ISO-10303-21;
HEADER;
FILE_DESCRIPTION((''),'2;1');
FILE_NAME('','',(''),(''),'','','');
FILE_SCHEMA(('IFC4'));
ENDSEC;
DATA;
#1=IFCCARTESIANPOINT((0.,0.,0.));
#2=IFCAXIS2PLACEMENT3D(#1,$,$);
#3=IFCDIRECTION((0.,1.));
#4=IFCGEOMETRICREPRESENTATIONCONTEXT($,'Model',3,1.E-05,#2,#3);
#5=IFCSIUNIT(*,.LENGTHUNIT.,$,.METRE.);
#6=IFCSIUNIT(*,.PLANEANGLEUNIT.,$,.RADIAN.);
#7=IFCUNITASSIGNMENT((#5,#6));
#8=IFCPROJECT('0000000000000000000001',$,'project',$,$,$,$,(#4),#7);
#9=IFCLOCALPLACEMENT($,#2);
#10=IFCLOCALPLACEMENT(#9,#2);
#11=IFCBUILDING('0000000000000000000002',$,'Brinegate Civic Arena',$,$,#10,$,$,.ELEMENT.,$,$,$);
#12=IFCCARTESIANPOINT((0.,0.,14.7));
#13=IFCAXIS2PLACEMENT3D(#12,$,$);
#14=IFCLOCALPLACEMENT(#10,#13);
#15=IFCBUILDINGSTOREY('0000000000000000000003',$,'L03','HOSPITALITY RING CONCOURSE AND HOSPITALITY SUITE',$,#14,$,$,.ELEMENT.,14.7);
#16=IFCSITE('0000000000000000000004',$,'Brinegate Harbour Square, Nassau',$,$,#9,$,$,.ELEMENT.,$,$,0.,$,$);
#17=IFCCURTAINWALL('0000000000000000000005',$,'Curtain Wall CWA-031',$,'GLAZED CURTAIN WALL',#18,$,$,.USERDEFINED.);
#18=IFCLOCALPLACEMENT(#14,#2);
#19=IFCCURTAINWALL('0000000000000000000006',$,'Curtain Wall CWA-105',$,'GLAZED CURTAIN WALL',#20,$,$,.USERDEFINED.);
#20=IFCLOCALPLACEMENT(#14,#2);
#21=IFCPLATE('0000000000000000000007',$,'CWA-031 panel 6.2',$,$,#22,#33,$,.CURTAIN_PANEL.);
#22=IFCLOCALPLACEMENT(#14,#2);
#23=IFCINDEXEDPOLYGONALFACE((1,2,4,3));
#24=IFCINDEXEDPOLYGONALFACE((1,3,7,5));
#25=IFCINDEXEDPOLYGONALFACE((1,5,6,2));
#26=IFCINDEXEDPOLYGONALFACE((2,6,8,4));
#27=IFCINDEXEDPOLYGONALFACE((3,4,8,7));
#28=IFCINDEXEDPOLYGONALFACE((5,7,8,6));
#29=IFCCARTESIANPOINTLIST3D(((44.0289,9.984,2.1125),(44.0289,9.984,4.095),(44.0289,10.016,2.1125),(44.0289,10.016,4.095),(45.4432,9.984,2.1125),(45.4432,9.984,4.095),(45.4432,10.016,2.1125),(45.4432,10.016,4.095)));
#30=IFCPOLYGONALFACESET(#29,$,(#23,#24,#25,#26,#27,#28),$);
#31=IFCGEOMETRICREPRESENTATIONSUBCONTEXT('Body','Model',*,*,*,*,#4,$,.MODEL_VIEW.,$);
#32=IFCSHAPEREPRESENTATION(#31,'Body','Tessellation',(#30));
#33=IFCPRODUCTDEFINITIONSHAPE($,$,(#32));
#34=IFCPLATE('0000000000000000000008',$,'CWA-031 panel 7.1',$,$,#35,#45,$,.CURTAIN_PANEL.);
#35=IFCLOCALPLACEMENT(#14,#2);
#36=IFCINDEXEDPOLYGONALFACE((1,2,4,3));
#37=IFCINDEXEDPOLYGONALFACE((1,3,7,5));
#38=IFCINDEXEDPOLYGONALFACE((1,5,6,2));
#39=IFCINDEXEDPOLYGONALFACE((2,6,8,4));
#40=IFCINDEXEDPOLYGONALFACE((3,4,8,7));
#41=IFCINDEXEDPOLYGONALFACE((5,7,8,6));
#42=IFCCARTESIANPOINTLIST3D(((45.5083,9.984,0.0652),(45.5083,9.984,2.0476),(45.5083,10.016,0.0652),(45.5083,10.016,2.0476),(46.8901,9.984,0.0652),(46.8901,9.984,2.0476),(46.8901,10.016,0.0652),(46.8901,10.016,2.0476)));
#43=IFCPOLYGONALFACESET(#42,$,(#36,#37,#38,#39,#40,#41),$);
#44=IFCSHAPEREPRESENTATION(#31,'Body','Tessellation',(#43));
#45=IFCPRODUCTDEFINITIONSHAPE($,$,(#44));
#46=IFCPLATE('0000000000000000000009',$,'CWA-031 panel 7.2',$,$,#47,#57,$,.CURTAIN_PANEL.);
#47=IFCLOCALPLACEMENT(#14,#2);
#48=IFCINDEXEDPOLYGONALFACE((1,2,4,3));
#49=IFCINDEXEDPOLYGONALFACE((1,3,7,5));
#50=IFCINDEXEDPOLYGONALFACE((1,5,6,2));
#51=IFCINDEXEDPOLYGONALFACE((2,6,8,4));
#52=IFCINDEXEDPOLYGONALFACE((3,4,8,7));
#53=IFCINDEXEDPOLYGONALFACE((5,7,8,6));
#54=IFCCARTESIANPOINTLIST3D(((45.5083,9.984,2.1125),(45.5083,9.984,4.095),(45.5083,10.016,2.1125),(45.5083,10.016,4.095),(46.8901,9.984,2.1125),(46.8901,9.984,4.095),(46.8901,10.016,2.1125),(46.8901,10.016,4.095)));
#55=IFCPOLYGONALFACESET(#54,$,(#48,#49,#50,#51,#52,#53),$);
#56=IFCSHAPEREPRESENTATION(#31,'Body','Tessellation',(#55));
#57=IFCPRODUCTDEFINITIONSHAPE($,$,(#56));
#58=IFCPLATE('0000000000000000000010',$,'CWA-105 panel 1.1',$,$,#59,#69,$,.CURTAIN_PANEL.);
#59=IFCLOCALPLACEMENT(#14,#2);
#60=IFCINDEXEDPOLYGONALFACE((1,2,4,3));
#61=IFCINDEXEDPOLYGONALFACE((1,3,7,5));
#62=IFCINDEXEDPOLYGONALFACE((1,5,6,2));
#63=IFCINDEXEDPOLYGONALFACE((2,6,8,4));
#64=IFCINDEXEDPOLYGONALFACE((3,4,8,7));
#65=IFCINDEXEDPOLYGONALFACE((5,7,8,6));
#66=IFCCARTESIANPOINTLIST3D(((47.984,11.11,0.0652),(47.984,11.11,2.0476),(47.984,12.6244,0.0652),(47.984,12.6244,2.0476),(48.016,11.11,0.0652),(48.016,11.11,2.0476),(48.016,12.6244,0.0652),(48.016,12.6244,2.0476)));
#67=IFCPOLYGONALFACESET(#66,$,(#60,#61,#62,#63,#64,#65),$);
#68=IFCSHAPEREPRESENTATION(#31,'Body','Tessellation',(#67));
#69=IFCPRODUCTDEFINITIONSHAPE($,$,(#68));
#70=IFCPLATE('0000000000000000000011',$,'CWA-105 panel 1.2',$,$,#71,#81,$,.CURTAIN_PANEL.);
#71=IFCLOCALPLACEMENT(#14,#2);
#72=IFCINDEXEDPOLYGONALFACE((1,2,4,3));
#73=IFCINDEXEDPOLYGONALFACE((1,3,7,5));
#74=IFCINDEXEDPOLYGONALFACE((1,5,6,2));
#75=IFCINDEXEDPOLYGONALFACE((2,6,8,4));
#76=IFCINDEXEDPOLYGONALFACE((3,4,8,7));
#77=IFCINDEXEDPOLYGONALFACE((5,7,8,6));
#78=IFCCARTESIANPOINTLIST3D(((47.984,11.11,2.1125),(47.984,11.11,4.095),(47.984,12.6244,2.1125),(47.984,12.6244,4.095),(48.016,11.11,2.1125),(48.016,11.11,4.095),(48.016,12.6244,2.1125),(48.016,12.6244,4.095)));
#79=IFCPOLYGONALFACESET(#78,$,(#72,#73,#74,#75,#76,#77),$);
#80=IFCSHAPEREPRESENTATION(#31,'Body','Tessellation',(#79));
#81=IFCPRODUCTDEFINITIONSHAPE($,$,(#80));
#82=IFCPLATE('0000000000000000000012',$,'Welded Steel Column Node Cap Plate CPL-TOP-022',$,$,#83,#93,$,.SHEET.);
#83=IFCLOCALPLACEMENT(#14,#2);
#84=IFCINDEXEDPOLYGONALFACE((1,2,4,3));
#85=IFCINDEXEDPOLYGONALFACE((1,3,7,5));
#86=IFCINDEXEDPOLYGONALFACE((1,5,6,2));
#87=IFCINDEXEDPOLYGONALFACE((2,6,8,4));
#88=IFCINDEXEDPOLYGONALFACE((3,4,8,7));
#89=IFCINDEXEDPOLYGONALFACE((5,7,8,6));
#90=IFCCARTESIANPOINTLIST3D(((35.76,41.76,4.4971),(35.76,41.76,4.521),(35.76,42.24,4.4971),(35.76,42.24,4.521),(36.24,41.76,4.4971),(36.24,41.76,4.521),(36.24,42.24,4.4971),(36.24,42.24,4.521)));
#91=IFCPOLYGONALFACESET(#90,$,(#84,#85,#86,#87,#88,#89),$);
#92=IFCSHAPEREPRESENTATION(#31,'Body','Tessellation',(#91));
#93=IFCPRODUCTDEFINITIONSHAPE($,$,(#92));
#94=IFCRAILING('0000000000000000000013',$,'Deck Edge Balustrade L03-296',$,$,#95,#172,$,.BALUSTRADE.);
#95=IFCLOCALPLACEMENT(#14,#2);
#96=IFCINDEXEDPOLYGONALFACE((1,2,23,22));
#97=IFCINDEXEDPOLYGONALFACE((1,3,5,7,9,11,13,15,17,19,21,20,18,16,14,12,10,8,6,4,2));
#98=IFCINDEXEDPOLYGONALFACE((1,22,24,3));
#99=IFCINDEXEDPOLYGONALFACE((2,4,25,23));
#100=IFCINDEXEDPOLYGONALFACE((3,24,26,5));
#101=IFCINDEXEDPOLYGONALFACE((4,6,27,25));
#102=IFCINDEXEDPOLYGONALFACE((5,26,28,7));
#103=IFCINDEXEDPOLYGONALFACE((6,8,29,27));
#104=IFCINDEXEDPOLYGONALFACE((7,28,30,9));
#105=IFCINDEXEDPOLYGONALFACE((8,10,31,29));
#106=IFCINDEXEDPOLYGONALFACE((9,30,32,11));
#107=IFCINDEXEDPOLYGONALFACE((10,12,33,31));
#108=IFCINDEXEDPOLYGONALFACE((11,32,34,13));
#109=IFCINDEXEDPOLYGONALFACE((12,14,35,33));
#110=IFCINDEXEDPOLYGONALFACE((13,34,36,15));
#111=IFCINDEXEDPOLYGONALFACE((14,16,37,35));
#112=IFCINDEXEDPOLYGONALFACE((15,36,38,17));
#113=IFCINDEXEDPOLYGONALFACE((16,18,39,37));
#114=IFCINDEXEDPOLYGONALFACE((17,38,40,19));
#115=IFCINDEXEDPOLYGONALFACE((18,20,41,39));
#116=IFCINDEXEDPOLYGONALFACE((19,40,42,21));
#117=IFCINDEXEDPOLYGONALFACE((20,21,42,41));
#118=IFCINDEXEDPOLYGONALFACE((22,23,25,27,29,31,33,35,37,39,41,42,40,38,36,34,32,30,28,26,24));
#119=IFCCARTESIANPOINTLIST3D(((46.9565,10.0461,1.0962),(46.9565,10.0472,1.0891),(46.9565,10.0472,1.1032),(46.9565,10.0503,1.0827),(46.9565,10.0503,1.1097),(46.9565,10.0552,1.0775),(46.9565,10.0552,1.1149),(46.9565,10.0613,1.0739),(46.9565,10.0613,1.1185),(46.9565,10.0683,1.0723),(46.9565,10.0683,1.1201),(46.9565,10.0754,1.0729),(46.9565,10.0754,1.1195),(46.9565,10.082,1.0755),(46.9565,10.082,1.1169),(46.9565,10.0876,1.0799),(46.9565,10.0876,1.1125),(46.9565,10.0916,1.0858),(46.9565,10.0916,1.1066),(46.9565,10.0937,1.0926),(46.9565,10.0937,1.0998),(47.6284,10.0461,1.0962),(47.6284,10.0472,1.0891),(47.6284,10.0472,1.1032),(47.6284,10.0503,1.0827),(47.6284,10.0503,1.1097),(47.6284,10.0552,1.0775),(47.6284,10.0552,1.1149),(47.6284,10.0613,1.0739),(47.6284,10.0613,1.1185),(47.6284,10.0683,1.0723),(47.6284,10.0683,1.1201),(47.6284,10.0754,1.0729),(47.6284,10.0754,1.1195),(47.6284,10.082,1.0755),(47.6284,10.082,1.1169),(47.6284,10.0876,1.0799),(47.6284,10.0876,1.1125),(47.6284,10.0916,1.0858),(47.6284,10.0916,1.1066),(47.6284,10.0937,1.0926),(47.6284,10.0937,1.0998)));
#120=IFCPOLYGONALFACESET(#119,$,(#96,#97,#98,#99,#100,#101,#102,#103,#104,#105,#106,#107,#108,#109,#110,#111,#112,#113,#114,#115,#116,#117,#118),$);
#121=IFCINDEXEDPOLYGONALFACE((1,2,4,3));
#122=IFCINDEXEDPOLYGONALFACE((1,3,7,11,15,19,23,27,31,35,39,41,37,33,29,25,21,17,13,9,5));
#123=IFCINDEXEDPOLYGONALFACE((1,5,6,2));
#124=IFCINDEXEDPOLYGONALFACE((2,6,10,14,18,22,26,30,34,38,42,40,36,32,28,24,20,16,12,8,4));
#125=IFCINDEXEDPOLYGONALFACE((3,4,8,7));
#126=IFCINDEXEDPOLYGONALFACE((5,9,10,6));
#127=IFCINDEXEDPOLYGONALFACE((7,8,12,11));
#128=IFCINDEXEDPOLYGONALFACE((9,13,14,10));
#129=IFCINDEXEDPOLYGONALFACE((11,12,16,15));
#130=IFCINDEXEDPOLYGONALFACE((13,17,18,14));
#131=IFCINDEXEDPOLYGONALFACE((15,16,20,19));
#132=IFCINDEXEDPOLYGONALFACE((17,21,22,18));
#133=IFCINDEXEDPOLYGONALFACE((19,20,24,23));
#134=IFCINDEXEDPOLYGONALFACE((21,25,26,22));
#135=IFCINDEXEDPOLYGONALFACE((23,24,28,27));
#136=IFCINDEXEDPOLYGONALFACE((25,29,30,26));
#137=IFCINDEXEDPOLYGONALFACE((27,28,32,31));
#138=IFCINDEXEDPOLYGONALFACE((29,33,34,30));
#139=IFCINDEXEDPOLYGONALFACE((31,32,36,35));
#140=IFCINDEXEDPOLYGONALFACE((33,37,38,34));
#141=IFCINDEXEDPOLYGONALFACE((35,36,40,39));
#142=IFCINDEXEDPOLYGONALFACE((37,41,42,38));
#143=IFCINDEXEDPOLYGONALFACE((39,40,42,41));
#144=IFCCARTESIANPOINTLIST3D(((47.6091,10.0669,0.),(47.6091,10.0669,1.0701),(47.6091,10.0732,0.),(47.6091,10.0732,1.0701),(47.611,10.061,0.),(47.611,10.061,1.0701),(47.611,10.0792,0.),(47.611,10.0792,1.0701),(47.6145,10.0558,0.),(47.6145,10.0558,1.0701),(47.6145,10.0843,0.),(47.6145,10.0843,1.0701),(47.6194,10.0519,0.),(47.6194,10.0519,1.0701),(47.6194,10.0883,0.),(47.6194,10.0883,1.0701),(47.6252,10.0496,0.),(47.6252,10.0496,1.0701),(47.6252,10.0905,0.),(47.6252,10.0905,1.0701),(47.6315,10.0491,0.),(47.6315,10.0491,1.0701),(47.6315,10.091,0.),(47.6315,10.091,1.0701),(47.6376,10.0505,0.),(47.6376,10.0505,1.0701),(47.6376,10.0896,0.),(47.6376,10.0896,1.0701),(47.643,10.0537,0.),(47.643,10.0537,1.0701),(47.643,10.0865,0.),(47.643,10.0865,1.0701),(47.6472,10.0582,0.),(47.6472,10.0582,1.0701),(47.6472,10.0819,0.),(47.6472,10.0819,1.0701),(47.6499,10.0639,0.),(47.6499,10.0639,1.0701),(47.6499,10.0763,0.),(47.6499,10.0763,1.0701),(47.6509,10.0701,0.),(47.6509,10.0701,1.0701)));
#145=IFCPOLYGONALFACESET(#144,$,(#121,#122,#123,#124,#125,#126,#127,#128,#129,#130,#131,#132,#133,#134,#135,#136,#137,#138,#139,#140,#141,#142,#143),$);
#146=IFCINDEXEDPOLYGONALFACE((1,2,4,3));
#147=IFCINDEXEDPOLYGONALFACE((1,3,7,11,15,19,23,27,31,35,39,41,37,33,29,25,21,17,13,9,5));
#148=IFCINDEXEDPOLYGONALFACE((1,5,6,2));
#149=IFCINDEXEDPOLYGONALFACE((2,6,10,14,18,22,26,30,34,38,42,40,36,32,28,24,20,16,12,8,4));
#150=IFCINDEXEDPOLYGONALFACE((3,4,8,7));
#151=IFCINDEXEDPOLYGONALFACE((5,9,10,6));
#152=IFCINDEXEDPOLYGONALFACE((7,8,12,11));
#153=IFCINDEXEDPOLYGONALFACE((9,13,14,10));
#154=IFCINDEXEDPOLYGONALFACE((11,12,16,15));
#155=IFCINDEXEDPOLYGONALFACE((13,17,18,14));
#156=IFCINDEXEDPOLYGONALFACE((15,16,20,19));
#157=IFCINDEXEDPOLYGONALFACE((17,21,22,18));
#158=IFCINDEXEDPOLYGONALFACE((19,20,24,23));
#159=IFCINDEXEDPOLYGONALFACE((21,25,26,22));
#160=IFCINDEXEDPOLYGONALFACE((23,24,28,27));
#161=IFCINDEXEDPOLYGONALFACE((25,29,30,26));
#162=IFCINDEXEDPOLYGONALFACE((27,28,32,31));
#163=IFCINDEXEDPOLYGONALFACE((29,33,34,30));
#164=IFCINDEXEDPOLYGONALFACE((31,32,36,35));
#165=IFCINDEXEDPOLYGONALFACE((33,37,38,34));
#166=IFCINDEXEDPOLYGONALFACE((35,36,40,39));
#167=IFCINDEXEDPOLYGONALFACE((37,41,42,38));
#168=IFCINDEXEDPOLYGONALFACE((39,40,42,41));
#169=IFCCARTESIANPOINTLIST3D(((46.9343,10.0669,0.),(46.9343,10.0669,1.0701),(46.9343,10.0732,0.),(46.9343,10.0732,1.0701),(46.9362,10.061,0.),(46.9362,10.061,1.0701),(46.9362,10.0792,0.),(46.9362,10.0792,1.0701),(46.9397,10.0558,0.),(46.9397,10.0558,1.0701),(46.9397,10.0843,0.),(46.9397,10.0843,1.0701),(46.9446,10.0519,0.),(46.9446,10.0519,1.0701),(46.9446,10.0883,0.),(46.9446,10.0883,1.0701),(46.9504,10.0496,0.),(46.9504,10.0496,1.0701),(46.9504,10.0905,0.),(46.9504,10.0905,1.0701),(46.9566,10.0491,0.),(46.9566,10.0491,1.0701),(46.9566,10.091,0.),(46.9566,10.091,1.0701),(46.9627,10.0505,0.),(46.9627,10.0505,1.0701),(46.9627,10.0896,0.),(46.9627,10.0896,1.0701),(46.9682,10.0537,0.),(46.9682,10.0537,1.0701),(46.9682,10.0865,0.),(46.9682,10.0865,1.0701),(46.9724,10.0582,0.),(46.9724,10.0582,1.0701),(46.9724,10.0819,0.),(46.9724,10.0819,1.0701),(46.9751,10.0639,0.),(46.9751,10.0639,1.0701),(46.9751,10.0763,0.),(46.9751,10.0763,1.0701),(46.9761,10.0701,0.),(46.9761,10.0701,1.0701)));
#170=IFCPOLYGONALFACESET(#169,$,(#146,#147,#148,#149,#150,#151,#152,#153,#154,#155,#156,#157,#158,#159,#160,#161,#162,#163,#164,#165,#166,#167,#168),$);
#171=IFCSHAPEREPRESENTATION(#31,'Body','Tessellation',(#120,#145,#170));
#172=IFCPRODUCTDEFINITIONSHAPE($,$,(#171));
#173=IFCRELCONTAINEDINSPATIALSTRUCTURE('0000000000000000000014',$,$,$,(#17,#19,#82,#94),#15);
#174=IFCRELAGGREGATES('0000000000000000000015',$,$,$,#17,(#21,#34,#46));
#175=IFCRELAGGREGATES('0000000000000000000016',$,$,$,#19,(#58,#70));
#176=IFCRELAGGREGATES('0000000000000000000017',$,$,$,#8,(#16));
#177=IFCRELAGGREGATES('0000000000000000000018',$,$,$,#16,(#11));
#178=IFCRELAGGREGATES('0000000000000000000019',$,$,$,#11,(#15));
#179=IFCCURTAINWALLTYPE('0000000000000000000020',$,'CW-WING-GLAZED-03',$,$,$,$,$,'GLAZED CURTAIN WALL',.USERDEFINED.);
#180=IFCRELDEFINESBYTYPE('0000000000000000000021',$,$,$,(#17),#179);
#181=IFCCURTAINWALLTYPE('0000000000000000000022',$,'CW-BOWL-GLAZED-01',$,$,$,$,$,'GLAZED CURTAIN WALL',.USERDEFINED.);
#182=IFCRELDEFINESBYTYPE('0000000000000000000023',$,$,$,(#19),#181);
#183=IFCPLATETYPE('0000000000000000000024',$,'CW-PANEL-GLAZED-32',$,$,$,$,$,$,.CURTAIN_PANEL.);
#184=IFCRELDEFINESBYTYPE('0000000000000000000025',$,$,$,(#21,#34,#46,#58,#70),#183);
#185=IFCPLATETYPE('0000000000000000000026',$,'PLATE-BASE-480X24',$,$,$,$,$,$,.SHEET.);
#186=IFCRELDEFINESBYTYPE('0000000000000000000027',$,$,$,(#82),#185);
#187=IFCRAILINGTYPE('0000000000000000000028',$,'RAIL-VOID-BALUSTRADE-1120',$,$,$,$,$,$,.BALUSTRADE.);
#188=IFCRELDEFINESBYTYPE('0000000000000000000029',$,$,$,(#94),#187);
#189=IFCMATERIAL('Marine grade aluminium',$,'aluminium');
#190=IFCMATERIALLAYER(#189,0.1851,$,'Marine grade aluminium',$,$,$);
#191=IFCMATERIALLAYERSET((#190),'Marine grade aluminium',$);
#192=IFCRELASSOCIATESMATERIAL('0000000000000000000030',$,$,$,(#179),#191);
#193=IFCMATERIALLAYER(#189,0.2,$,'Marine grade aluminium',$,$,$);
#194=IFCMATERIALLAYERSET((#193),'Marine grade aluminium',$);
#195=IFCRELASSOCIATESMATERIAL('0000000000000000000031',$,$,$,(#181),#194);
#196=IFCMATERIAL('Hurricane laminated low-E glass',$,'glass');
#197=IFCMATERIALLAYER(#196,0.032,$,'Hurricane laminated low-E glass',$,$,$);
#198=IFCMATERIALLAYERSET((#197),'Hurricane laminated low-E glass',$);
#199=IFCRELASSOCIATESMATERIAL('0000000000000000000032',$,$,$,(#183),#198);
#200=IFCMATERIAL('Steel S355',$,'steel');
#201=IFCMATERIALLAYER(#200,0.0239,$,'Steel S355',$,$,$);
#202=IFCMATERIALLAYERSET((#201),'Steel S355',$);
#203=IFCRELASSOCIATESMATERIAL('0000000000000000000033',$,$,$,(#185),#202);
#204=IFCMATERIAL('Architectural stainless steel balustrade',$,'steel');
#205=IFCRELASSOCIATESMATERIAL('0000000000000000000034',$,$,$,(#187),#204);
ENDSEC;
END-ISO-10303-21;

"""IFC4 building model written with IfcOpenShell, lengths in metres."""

from ifc_helpers import new_model, si_unit, direction, frame, origin, origin_2d, place, context, subcontext, project, spatial, rectangle, circle, extrude, material, layer, layer_set, type_object, element, aggregate, save


model = new_model("IFC4")

# Units and contexts
model_context = context("Model", 3, precision=1e-05, world=origin(), true_north=direction((0.0, 1.0)))
body_context = subcontext(model_context, "Body", "Model", "MODEL_VIEW")
ifc_project = project(units=[si_unit("LENGTHUNIT", "METRE"), si_unit("PLANEANGLEUNIT", "RADIAN")], contexts=[model_context])

# Site, building, storey
site_placement = place(None, origin())
site = spatial("IfcSite", under=ifc_project, at=site_placement, Name="Brinegate Harbour Square, Nassau", CompositionType="ELEMENT", RefElevation=0.0)
building_placement = place(site_placement, origin())
building = spatial("IfcBuilding", under=site, at=building_placement, Name="Brinegate Civic Arena", CompositionType="ELEMENT")
storey_placement = place(building_placement, frame((0.0, 0.0, 14.7)))
storey = spatial("IfcBuildingStorey", under=building, at=storey_placement, Name="L03", Description="HOSPITALITY RING CONCOURSE AND HOSPITALITY SUITE", CompositionType="ELEMENT", Elevation=14.7)

# Shared definitions
ifc_material_1 = material(Name="Steel S355", Category="steel")

# Curtain walls
ifc_material_2 = material(Name="Marine grade aluminium", Category="aluminium")
ifc_layer_1 = layer(ifc_material_2, 0.1851, Name="Marine grade aluminium")
ifc_layer_set_1 = layer_set([ifc_layer_1], Name="Marine grade aluminium")
curtain_wall_type_1 = type_object("IfcCurtainWallType", Name="CW-WING-GLAZED-03", ElementType="GLAZED CURTAIN WALL", PredefinedType="USERDEFINED", material=ifc_layer_set_1)
curtain_wall_1_placement = place(storey_placement, origin())
curtain_wall_1 = element("IfcCurtainWall", 1, at=curtain_wall_1_placement, inside=storey, type_object=curtain_wall_type_1, Name="Curtain Wall CWA-031", ObjectType="GLAZED CURTAIN WALL", PredefinedType="USERDEFINED")
ifc_layer_2 = layer(ifc_material_2, 0.2, Name="Marine grade aluminium")
ifc_layer_set_2 = layer_set([ifc_layer_2], Name="Marine grade aluminium")
curtain_wall_type_2 = type_object("IfcCurtainWallType", Name="CW-BOWL-GLAZED-01", ElementType="GLAZED CURTAIN WALL", PredefinedType="USERDEFINED", material=ifc_layer_set_2)
curtain_wall_2_placement = place(storey_placement, origin())
curtain_wall_2 = element("IfcCurtainWall", 2, at=curtain_wall_2_placement, inside=storey, type_object=curtain_wall_type_2, Name="Curtain Wall CWA-105", ObjectType="GLAZED CURTAIN WALL", PredefinedType="USERDEFINED")

# Plates
ifc_material_3 = material(Name="Hurricane laminated low-E glass", Category="glass")
ifc_layer_3 = layer(ifc_material_3, 0.032, Name="Hurricane laminated low-E glass")
ifc_layer_set_3 = layer_set([ifc_layer_3], Name="Hurricane laminated low-E glass")
plate_type_1 = type_object("IfcPlateType", Name="CW-PANEL-GLAZED-32", PredefinedType="CURTAIN_PANEL", material=ifc_layer_set_3)
plate_1_placement = place(storey_placement, frame((44.7361, 10.0, 2.1125), z_axis=(0.0, 0.0, 1.0), x_axis=(1.0, 0.0, 0.0)))
plate_1 = element("IfcPlate", 3, at=plate_1_placement, type_object=plate_type_1, Name="CWA-031 panel 6.2", PredefinedType="CURTAIN_PANEL", context=body_context, shape_type="SweptSolid", body=[
    extrude(rectangle(XDim=1.4143, YDim=0.032, at=origin_2d()), origin(), (0.0, 0.0, 1.0), 1.9824),
])
plate_2_placement = place(storey_placement, frame((46.1992, 10.0, 0.0652), z_axis=(0.0, 0.0, 1.0), x_axis=(1.0, 0.0, 0.0)))
plate_2 = element("IfcPlate", 4, at=plate_2_placement, type_object=plate_type_1, Name="CWA-031 panel 7.1", PredefinedType="CURTAIN_PANEL", context=body_context, shape_type="SweptSolid", body=[
    extrude(rectangle(XDim=1.3818, YDim=0.032, at=origin_2d()), origin(), (0.0, 0.0, 1.0), 1.9824),
])
plate_3_placement = place(storey_placement, frame((46.1992, 10.0, 2.1125), z_axis=(0.0, 0.0, 1.0), x_axis=(1.0, 0.0, 0.0)))
plate_3 = element("IfcPlate", 5, at=plate_3_placement, type_object=plate_type_1, Name="CWA-031 panel 7.2", PredefinedType="CURTAIN_PANEL", context=body_context, shape_type="SweptSolid", body=[
    extrude(rectangle(XDim=1.3818, YDim=0.032, at=origin_2d()), origin(), (0.0, 0.0, 1.0), 1.9824),
])
aggregate(curtain_wall_1, [plate_1, plate_2, plate_3])
plate_4_placement = place(storey_placement, frame((48.0, 11.8672, 0.0652), z_axis=(0.0, 0.0, 1.0), x_axis=(0.0, 1.0, 0.0)))
plate_4 = element("IfcPlate", 6, at=plate_4_placement, type_object=plate_type_1, Name="CWA-105 panel 1.1", PredefinedType="CURTAIN_PANEL", context=body_context, shape_type="SweptSolid", body=[
    extrude(rectangle(XDim=1.5144, YDim=0.032, at=origin_2d()), origin(), (0.0, 0.0, 1.0), 1.9824),
])
plate_5_placement = place(storey_placement, frame((48.0, 11.8672, 2.1125), z_axis=(0.0, 0.0, 1.0), x_axis=(0.0, 1.0, 0.0)))
plate_5 = element("IfcPlate", 7, at=plate_5_placement, type_object=plate_type_1, Name="CWA-105 panel 1.2", PredefinedType="CURTAIN_PANEL", context=body_context, shape_type="SweptSolid", body=[
    extrude(rectangle(XDim=1.5144, YDim=0.032, at=origin_2d()), origin(), (0.0, 0.0, 1.0), 1.9824),
])
aggregate(curtain_wall_2, [plate_4, plate_5])
ifc_layer_4 = layer(ifc_material_1, 0.0239, Name="Steel S355")
ifc_layer_set_4 = layer_set([ifc_layer_4], Name="Steel S355")
plate_type_2 = type_object("IfcPlateType", Name="PLATE-BASE-480X24", PredefinedType="SHEET", material=ifc_layer_set_4)
plate_6_placement = place(storey_placement, frame((36.0, 42.0, 4.4971), z_axis=(0.0, 0.0, 1.0), x_axis=(1.0, 0.0, 0.0)))
element("IfcPlate", 8, at=plate_6_placement, inside=storey, type_object=plate_type_2, Name="Welded Steel Column Node Cap Plate CPL-TOP-022", PredefinedType="SHEET", context=body_context, shape_type="SweptSolid", body=[
    extrude(rectangle(XDim=0.48, YDim=0.48, at=origin_2d()), origin(), (0.0, 0.0, 1.0), 0.0239),
])

# Railing
ifc_material_4 = material(Name="Architectural stainless steel balustrade", Category="steel")
railing_type = type_object("IfcRailingType", Name="RAIL-VOID-BALUSTRADE-1120", PredefinedType="BALUSTRADE", material=ifc_material_4)
railing_1_placement = place(storey_placement, frame((47.6299, 10.0701, 0.0)))
element("IfcRailing", 9, at=railing_1_placement, inside=storey, type_object=railing_type, Name="Deck Edge Balustrade L03-296", PredefinedType="BALUSTRADE", context=body_context, shape_type="SweptSolid", body=[
    extrude(circle(Radius=0.0239, at=origin_2d()), frame((-0.0015, 0.0, 1.0962), z_axis=(-1.0, 0.0, 0.0), x_axis=(0.0, -1.0, 0.0)), (0.0, 0.0, 1.0), 0.6719),
    extrude(circle(Radius=0.021, at=origin_2d()), origin(), (0.0, 0.0, 1.0), 1.0701),
    extrude(circle(Radius=0.021, at=origin_2d()), frame((-0.6748, 0.0, 0.0)), (0.0, 0.0, 1.0), 1.0701),
])

save(model, "model.ifc")
